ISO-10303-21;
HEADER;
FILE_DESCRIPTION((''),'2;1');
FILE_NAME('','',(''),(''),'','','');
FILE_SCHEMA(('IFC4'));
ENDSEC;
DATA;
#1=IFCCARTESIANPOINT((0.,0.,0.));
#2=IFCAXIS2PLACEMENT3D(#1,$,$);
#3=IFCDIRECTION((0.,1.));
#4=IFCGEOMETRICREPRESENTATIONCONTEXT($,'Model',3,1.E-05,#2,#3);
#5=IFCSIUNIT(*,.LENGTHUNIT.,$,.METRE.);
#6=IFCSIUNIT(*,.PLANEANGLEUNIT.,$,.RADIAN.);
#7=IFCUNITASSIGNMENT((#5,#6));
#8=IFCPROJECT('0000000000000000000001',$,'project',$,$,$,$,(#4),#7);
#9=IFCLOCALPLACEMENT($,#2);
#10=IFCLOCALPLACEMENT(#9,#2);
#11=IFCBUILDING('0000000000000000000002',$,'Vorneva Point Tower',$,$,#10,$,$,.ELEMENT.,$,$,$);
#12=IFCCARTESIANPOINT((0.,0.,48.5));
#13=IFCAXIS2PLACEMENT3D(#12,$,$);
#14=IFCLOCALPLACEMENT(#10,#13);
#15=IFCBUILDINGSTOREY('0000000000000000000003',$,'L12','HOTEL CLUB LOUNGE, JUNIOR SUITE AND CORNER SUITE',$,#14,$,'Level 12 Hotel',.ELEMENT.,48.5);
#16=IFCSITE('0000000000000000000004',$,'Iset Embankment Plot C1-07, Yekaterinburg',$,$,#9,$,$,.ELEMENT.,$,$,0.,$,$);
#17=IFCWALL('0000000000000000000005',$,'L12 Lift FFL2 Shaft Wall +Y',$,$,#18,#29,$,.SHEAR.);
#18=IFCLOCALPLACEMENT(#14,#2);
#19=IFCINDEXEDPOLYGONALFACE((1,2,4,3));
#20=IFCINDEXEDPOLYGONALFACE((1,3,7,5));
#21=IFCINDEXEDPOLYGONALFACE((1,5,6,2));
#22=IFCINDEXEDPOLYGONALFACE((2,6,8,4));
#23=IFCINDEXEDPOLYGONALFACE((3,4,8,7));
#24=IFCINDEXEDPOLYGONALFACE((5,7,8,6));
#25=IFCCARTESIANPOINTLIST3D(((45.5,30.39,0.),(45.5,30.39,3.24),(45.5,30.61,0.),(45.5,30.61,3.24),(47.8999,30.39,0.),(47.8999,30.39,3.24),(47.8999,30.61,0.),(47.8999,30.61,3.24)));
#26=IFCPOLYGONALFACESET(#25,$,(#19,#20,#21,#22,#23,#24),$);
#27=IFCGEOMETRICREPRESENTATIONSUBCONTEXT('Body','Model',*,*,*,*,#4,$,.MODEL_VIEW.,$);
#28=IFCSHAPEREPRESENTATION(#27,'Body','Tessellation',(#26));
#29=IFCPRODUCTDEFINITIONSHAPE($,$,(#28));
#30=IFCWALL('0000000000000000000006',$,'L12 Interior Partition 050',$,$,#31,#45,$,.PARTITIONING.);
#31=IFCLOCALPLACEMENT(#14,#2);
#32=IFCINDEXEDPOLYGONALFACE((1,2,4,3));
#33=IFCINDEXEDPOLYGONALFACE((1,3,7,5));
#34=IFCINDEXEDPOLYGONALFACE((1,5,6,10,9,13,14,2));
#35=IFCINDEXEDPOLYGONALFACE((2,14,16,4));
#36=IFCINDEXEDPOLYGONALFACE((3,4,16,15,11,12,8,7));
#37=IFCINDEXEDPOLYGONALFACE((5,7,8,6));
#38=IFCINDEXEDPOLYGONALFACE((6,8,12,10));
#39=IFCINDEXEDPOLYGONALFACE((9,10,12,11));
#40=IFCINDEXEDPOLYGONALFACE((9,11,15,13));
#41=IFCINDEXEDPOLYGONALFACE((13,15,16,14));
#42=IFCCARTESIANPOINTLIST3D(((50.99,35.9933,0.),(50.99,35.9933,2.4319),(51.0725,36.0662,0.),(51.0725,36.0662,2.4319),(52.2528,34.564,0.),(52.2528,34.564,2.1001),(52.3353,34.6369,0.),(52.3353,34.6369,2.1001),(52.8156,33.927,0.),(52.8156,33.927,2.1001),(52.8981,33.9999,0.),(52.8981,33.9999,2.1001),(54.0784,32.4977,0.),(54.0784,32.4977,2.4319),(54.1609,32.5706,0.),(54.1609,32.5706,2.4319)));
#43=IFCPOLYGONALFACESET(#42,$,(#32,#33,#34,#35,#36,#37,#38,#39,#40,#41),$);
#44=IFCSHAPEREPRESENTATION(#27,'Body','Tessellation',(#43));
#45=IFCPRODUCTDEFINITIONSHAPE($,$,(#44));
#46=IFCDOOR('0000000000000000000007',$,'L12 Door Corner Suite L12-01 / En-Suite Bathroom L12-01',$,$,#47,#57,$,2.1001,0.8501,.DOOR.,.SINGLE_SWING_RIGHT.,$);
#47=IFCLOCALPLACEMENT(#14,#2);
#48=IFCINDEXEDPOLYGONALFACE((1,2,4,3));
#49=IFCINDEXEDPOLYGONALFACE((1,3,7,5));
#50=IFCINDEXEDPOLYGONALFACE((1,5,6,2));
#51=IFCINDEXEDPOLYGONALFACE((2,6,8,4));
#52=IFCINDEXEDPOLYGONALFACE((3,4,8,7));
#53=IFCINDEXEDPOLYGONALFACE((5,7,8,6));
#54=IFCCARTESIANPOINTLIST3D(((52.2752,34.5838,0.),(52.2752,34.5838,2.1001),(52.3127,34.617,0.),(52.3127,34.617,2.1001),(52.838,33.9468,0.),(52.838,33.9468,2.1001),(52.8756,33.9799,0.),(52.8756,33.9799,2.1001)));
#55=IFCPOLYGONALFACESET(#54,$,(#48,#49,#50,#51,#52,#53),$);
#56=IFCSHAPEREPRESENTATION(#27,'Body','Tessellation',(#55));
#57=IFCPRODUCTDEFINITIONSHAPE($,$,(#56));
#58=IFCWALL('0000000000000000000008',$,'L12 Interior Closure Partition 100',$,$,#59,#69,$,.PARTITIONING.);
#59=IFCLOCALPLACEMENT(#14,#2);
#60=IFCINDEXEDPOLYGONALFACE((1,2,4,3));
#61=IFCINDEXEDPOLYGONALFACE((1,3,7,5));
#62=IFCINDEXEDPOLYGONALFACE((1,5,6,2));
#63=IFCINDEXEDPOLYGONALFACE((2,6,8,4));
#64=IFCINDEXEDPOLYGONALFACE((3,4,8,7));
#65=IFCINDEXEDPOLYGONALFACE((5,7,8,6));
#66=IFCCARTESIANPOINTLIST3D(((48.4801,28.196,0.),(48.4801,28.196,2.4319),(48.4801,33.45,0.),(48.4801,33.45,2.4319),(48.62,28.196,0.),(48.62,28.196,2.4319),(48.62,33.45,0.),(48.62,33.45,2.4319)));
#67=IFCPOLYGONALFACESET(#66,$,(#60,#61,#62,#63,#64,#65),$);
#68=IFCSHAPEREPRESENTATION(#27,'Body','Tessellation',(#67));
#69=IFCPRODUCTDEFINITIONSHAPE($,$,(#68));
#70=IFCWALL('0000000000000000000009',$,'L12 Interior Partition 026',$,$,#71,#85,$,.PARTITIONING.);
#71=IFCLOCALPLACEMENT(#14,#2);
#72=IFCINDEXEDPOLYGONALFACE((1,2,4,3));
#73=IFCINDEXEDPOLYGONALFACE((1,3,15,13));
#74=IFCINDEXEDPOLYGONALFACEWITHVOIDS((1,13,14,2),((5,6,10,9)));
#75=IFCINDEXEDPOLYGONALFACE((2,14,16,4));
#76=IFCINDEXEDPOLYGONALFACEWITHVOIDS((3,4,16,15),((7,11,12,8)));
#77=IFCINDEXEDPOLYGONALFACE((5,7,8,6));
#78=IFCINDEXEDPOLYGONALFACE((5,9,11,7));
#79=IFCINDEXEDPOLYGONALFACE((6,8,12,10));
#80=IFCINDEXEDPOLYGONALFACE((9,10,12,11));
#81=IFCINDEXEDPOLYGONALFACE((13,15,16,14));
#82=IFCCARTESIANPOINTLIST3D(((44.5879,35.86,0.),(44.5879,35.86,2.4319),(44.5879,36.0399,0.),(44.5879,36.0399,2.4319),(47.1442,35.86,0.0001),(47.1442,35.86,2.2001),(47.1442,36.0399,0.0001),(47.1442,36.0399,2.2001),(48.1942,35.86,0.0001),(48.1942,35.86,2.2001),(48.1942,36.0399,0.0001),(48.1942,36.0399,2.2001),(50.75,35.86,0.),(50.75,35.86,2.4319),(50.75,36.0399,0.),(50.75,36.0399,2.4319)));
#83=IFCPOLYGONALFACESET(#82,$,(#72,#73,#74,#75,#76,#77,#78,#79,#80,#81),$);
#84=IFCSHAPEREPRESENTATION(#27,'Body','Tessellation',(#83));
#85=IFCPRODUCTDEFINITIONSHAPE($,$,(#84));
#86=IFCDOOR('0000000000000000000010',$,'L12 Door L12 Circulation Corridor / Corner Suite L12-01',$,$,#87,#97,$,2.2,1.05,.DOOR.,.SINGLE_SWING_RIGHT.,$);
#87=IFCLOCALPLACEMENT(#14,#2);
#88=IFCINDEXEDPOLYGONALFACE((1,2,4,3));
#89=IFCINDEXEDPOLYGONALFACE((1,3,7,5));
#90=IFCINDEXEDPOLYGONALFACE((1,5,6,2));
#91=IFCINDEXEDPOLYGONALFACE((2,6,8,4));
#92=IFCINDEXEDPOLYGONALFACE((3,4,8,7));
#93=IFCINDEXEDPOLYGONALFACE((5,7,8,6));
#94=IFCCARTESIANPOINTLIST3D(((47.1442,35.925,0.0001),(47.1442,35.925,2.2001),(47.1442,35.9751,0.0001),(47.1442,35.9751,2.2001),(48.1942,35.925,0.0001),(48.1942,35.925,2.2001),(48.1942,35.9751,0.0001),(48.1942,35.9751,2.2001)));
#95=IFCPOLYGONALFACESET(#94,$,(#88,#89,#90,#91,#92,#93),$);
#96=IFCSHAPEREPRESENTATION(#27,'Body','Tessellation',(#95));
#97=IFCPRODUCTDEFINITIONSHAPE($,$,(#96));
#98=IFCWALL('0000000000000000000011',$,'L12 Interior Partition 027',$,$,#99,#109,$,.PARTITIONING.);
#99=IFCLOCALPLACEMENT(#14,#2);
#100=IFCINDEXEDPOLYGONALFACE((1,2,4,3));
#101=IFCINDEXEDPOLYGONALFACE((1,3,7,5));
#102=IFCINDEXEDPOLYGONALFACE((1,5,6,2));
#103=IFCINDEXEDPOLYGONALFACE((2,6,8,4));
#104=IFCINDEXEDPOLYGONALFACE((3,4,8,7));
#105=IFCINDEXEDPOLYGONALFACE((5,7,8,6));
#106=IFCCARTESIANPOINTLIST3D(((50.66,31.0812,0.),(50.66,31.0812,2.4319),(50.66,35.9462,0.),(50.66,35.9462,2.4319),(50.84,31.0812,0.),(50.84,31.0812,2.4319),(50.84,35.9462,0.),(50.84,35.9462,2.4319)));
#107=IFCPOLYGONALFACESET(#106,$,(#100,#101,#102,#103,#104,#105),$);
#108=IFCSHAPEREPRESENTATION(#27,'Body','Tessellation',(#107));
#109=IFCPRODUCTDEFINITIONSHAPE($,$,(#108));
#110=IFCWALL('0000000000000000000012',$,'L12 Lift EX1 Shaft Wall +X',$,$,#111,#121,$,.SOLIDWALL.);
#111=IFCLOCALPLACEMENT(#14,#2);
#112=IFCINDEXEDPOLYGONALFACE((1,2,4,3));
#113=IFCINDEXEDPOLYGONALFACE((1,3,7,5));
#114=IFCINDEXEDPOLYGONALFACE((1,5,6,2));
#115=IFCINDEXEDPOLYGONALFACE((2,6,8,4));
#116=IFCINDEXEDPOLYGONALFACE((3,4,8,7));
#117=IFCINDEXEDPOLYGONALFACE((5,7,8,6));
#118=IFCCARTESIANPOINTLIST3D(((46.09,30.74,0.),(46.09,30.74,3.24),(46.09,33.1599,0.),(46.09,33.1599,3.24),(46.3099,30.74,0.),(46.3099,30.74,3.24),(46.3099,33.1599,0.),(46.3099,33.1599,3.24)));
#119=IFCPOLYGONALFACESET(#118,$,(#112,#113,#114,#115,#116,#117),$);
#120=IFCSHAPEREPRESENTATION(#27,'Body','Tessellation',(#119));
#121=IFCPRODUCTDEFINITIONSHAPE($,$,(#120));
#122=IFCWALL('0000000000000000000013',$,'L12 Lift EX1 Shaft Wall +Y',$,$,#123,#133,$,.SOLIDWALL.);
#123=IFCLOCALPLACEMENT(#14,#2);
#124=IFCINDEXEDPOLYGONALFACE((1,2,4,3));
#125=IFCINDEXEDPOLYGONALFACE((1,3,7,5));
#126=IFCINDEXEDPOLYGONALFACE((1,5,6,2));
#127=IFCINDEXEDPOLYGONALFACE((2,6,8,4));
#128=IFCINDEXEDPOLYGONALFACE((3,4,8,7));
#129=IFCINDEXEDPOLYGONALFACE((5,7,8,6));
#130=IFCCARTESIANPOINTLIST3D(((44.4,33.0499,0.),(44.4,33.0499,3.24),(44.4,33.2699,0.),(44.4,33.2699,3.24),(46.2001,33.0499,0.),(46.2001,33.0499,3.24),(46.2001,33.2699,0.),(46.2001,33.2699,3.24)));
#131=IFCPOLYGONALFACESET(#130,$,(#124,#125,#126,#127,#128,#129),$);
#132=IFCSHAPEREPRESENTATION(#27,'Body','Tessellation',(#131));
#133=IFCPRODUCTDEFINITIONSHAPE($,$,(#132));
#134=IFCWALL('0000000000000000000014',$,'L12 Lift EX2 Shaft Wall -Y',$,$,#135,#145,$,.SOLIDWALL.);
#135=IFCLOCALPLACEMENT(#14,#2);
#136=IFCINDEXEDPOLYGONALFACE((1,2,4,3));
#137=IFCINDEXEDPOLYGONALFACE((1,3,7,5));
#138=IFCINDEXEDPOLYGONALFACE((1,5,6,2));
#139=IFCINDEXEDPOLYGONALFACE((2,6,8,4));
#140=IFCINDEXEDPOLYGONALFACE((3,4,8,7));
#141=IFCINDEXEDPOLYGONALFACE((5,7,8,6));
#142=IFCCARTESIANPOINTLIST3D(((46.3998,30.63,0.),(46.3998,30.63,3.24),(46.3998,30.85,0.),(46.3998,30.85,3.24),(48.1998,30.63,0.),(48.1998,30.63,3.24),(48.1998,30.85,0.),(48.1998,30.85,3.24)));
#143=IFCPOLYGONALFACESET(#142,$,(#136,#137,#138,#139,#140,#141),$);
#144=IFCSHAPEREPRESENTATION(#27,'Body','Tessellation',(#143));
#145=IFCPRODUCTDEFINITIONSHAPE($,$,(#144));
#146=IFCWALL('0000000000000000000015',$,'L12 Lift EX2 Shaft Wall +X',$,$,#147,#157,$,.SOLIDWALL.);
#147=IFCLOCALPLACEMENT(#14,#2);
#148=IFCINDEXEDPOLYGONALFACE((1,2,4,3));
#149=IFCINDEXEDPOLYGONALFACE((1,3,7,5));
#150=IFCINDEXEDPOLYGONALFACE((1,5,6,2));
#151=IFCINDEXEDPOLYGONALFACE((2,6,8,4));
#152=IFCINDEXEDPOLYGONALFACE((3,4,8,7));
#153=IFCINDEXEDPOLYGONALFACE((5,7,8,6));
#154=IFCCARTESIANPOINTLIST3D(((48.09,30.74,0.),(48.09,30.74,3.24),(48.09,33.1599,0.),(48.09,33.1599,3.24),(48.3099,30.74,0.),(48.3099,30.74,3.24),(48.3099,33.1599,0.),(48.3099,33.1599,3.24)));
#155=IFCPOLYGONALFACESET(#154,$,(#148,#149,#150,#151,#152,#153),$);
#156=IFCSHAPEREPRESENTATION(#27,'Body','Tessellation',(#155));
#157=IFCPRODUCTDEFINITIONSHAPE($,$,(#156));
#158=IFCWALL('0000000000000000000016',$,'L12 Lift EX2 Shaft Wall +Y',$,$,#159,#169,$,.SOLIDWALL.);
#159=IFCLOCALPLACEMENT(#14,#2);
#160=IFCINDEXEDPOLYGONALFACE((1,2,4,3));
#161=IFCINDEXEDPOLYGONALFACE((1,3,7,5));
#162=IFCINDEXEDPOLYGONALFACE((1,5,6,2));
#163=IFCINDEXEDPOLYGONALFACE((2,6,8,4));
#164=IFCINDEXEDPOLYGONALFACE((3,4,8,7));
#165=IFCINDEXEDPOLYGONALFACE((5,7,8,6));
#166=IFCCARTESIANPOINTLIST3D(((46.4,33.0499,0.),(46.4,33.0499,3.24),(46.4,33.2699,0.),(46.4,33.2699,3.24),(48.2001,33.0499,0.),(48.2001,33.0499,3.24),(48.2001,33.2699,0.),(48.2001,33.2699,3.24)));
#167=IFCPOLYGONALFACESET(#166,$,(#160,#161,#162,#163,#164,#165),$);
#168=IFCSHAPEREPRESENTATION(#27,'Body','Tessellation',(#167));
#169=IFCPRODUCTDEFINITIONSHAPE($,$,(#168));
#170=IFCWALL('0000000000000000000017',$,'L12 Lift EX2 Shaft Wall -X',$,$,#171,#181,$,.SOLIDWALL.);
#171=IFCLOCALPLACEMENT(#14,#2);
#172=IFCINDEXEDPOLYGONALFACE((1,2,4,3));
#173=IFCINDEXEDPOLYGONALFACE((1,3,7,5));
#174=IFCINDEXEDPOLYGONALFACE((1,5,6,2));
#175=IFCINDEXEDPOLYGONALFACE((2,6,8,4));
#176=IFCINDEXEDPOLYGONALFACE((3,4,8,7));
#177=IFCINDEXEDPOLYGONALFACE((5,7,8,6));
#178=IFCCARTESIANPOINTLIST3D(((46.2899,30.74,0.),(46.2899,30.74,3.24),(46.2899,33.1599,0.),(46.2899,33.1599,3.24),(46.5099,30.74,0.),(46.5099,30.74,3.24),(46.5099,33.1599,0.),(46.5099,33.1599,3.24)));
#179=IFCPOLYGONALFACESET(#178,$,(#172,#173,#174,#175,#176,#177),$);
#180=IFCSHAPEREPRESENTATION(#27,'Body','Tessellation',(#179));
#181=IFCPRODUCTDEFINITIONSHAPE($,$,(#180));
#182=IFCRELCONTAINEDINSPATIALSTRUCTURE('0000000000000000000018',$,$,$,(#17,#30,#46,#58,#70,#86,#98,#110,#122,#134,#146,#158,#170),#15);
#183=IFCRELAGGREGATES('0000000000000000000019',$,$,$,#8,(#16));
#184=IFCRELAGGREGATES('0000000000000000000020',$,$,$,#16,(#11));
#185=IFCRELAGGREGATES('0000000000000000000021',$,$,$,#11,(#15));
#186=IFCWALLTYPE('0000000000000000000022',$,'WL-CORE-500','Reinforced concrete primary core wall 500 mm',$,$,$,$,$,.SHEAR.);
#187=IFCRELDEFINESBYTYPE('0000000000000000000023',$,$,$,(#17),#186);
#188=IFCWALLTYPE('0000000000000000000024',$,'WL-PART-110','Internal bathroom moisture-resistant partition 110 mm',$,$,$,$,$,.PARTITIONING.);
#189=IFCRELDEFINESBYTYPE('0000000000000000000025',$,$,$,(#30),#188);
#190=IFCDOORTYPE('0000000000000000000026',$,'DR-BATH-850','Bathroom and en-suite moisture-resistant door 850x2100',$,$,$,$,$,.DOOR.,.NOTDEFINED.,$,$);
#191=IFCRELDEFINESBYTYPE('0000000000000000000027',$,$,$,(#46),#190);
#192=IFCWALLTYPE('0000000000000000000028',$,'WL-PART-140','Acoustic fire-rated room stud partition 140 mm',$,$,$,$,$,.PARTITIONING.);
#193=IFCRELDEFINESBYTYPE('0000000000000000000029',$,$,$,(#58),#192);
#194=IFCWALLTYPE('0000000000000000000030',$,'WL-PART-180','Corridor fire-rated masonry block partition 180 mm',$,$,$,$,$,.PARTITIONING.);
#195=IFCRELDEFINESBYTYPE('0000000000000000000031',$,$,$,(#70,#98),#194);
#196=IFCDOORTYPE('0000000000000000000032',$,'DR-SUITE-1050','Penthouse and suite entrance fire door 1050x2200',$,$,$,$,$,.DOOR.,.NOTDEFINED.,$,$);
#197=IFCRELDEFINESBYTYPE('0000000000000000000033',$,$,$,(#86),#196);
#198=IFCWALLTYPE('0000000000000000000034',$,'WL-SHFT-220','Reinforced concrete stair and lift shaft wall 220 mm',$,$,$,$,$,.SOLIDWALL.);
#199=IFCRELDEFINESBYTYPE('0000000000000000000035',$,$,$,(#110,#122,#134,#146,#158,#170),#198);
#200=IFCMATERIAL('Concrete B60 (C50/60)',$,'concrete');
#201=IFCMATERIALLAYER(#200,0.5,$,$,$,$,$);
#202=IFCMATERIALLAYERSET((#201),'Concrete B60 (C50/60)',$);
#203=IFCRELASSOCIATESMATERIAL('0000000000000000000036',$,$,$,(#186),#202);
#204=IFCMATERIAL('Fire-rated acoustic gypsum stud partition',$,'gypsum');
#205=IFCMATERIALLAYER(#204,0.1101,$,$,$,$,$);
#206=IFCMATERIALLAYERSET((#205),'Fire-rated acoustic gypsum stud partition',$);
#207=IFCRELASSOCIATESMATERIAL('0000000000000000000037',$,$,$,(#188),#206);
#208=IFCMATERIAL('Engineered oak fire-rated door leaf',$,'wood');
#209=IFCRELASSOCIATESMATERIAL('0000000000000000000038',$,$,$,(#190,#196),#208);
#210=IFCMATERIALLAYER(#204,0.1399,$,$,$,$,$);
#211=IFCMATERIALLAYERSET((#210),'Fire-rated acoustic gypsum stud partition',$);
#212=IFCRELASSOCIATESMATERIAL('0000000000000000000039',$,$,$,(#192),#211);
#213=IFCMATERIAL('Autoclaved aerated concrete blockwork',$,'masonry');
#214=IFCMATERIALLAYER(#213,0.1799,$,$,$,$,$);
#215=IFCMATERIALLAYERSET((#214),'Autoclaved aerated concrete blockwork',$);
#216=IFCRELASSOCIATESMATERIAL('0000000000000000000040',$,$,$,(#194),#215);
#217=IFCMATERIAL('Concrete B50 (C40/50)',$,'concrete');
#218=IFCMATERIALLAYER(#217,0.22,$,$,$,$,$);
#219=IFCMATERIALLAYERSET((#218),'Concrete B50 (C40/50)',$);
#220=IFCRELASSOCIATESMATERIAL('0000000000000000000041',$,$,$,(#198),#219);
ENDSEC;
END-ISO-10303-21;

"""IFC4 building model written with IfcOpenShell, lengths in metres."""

from ifc_helpers import new_model, si_unit, direction, frame, frame_2d, origin, place, context, subcontext, project, spatial, rectangle, extrude, material, layer, layer_set, type_object, element, fill, save


model = new_model("IFC4")

# Units and contexts
model_context = context("Model", 3, precision=1e-05, world=origin(), true_north=direction((0.0, 1.0)))
body_context = subcontext(model_context, "Body", "Model", "MODEL_VIEW")
ifc_project = project(units=[si_unit("LENGTHUNIT", "METRE"), si_unit("PLANEANGLEUNIT", "RADIAN")], contexts=[model_context])

# Site, building, storey
site_placement = place(None, origin())
site = spatial("IfcSite", under=ifc_project, at=site_placement, Name="Iset Embankment Plot C1-07, Yekaterinburg", CompositionType="ELEMENT", RefElevation=0.0)
building_placement = place(site_placement, origin())
building = spatial("IfcBuilding", under=site, at=building_placement, Name="Vorneva Point Tower", CompositionType="ELEMENT")
storey_placement = place(building_placement, frame((0.0, 0.0, 48.5)))
storey = spatial("IfcBuildingStorey", under=building, at=storey_placement, Name="L12", Description="HOTEL CLUB LOUNGE, JUNIOR SUITE AND CORNER SUITE", LongName="Level 12 Hotel", CompositionType="ELEMENT", Elevation=48.5)

# Shared definitions
ifc_material_1 = material(Name="Concrete B60 (C50/60)", Category="concrete")

# Wall
ifc_layer_1 = layer(ifc_material_1, 0.5)
ifc_layer_set_1 = layer_set([ifc_layer_1], Name="Concrete B60 (C50/60)")
wall_type_1 = type_object("IfcWallType", Name="WL-CORE-500", Description="Reinforced concrete primary core wall 500 mm", PredefinedType="SHEAR", material=ifc_layer_set_1)
wall_1_placement = place(storey_placement, frame((47.8999, 30.5, 0.0), z_axis=(0.0, 0.0, 1.0), x_axis=(-1.0, 0.0, 0.0)))
element("IfcWall", 1, at=wall_1_placement, inside=storey, type_object=wall_type_1, Name="L12 Lift FFL2 Shaft Wall +Y", PredefinedType="SHEAR", context=body_context, shape_type="SweptSolid", body=[
    extrude(rectangle(XDim=2.3999, YDim=0.22, at=frame_2d((1.2, 0.0))), origin(), (0.0, 0.0, 1.0), 3.24),
])

# Wall, opening, door
ifc_material_2 = material(Name="Fire-rated acoustic gypsum stud partition", Category="gypsum")
ifc_layer_2 = layer(ifc_material_2, 0.1101)
ifc_layer_set_2 = layer_set([ifc_layer_2], Name="Fire-rated acoustic gypsum stud partition")
wall_type_2 = type_object("IfcWallType", Name="WL-PART-110", Description="Internal bathroom moisture-resistant partition 110 mm", PredefinedType="PARTITIONING", material=ifc_layer_set_2)
wall_2_placement = place(storey_placement, frame((51.0312, 36.0298, 0.0), z_axis=(0.0, 0.0, 1.0), x_axis=(0.662106, -0.74941, 0.0)))
wall_2 = element("IfcWall", 2, at=wall_2_placement, inside=storey, type_object=wall_type_2, Name="L12 Interior Partition 050", PredefinedType="PARTITIONING", context=body_context, shape_type="SweptSolid", body=[
    extrude(rectangle(XDim=4.6646, YDim=0.1101, at=frame_2d((2.3323, 0.0))), origin(), (0.0, 0.0, 1.0), 2.4319),
])
opening_1_placement = place(wall_2_placement, frame((1.9072, 0.0, 0.0)))
opening_1 = element("IfcOpeningElement", 3, at=opening_1_placement, cuts=wall_2, PredefinedType="OPENING", context=body_context, shape_type="SweptSolid", body=[
    extrude(rectangle(XDim=0.8501, YDim=2.1001, at=frame_2d((0.425, 1.05))), frame((0.0, 0.0698, 0.0), z_axis=(0.0, -1.0, 0.0), x_axis=(1.0, 0.0, 0.0)), (0.0, 0.0, 1.0), 0.1399),
])
ifc_material_3 = material(Name="Engineered oak fire-rated door leaf", Category="wood")
door_type_1 = type_object("IfcDoorType", Name="DR-BATH-850", Description="Bathroom and en-suite moisture-resistant door 850x2100", OperationType="NOTDEFINED", PredefinedType="DOOR", material=ifc_material_3)
door_1_placement = place(opening_1_placement, origin())
door_1 = element("IfcDoor", 4, at=door_1_placement, inside=storey, type_object=door_type_1, Name="L12 Door Corner Suite L12-01 / En-Suite Bathroom L12-01", OperationType="SINGLE_SWING_RIGHT", OverallHeight=2.1001, OverallWidth=0.8501, PredefinedType="DOOR", context=body_context, shape_type="SweptSolid", body=[
    extrude(rectangle(XDim=0.8501, YDim=2.1001, at=frame_2d((0.425, 1.05))), frame((0.0, 0.0249, 0.0), z_axis=(0.0, -1.0, 0.0), x_axis=(1.0, 0.0, 0.0)), (0.0, 0.0, 1.0), 0.05),
])
fill(opening_1, door_1)

# Wall
ifc_layer_3 = layer(ifc_material_2, 0.1399)
ifc_layer_set_3 = layer_set([ifc_layer_3], Name="Fire-rated acoustic gypsum stud partition")
wall_type_3 = type_object("IfcWallType", Name="WL-PART-140", Description="Acoustic fire-rated room stud partition 140 mm", PredefinedType="PARTITIONING", material=ifc_layer_set_3)
wall_3_placement = place(storey_placement, frame((48.55, 33.45, 0.0), z_axis=(0.0, 0.0, 1.0), x_axis=(0.0, -1.0, 0.0)))
element("IfcWall", 5, at=wall_3_placement, inside=storey, type_object=wall_type_3, Name="L12 Interior Closure Partition 100", PredefinedType="PARTITIONING", context=body_context, shape_type="SweptSolid", body=[
    extrude(rectangle(XDim=5.2539, YDim=0.1399, at=frame_2d((2.627, 0.0))), origin(), (0.0, 0.0, 1.0), 2.4319),
])

# Wall, opening, door
ifc_material_4 = material(Name="Autoclaved aerated concrete blockwork", Category="masonry")
ifc_layer_4 = layer(ifc_material_4, 0.1799)
ifc_layer_set_4 = layer_set([ifc_layer_4], Name="Autoclaved aerated concrete blockwork")
wall_type_4 = type_object("IfcWallType", Name="WL-PART-180", Description="Corridor fire-rated masonry block partition 180 mm", PredefinedType="PARTITIONING", material=ifc_layer_set_4)
wall_4_placement = place(storey_placement, frame((50.75, 35.95, 0.0), z_axis=(0.0, 0.0, 1.0), x_axis=(-1.0, 0.0, 0.0)))
wall_4 = element("IfcWall", 6, at=wall_4_placement, inside=storey, type_object=wall_type_4, Name="L12 Interior Partition 026", PredefinedType="PARTITIONING", context=body_context, shape_type="SweptSolid", body=[
    extrude(rectangle(XDim=6.1621, YDim=0.1799, at=frame_2d((3.0811, 0.0))), origin(), (0.0, 0.0, 1.0), 2.4319),
])
opening_2_placement = place(wall_4_placement, frame((2.5559, 0.0, 0.0)))
opening_2 = element("IfcOpeningElement", 7, at=opening_2_placement, cuts=wall_4, PredefinedType="OPENING", context=body_context, shape_type="SweptSolid", body=[
    extrude(rectangle(XDim=1.05, YDim=2.2, at=frame_2d((0.5249, 1.1001))), frame((0.0, 0.105, 0.0), z_axis=(0.0, -1.0, 0.0), x_axis=(1.0, 0.0, 0.0)), (0.0, 0.0, 1.0), 0.2097),
])
door_type_2 = type_object("IfcDoorType", Name="DR-SUITE-1050", Description="Penthouse and suite entrance fire door 1050x2200", OperationType="NOTDEFINED", PredefinedType="DOOR", material=ifc_material_3)
door_2_placement = place(opening_2_placement, origin())
door_2 = element("IfcDoor", 8, at=door_2_placement, inside=storey, type_object=door_type_2, Name="L12 Door L12 Circulation Corridor / Corner Suite L12-01", OperationType="SINGLE_SWING_RIGHT", OverallHeight=2.2, OverallWidth=1.05, PredefinedType="DOOR", context=body_context, shape_type="SweptSolid", body=[
    extrude(rectangle(XDim=1.05, YDim=2.2, at=frame_2d((0.5249, 1.1001))), frame((0.0, 0.0249, 0.0), z_axis=(0.0, -1.0, 0.0), x_axis=(1.0, 0.0, 0.0)), (0.0, 0.0, 1.0), 0.05),
])
fill(opening_2, door_2)

# Walls
wall_5_placement = place(storey_placement, frame((50.75, 31.0811, 0.0), z_axis=(0.0, 0.0, 1.0), x_axis=(0.0, 1.0, 0.0)))
element("IfcWall", 9, at=wall_5_placement, inside=storey, type_object=wall_type_4, Name="L12 Interior Partition 027", PredefinedType="PARTITIONING", context=body_context, shape_type="SweptSolid", body=[
    extrude(rectangle(XDim=4.865, YDim=0.1799, at=frame_2d((2.4326, 0.0))), origin(), (0.0, 0.0, 1.0), 2.4319),
])
ifc_material_5 = material(Name="Concrete B50 (C40/50)", Category="concrete")
ifc_layer_5 = layer(ifc_material_5, 0.22)
ifc_layer_set_5 = layer_set([ifc_layer_5], Name="Concrete B50 (C40/50)")
wall_type_5 = type_object("IfcWallType", Name="WL-SHFT-220", Description="Reinforced concrete stair and lift shaft wall 220 mm", PredefinedType="SOLIDWALL", material=ifc_layer_set_5)
wall_6_placement = place(storey_placement, frame((46.2, 30.74, 0.0), z_axis=(0.0, 0.0, 1.0), x_axis=(0.0, 1.0, 0.0)))
element("IfcWall", 10, at=wall_6_placement, inside=storey, type_object=wall_type_5, Name="L12 Lift EX1 Shaft Wall +X", PredefinedType="SOLIDWALL", context=body_context, shape_type="SweptSolid", body=[
    extrude(rectangle(XDim=2.4199, YDim=0.22, at=frame_2d((1.21, 0.0))), origin(), (0.0, 0.0, 1.0), 3.24),
])
for number, where, z_axis, x_axis, name in (
    (11, (46.2, 33.1599, 0.0), (0.0, 0.0, 1.0), (-1.0, 0.0, 0.0), "L12 Lift EX1 Shaft Wall +Y"),
    (12, (46.3999, 30.74, 0.0), (0.0, 0.0, 1.0), (1.0, 0.0, 0.0), "L12 Lift EX2 Shaft Wall -Y"),
):
    element("IfcWall", number, at=place(storey_placement, frame(where, z_axis=z_axis, x_axis=x_axis)), inside=storey, type_object=wall_type_5, Name=name, PredefinedType="SOLIDWALL", context=body_context, shape_type="SweptSolid", body=[
        extrude(rectangle(XDim=1.8, YDim=0.22, at=frame_2d((0.8999, 0.0))), origin(), (0.0, 0.0, 1.0), 3.24),
    ])
wall_7_placement = place(storey_placement, frame((48.2, 30.74, 0.0), z_axis=(0.0, 0.0, 1.0), x_axis=(0.0, 1.0, 0.0)))
element("IfcWall", 13, at=wall_7_placement, inside=storey, type_object=wall_type_5, Name="L12 Lift EX2 Shaft Wall +X", PredefinedType="SOLIDWALL", context=body_context, shape_type="SweptSolid", body=[
    extrude(rectangle(XDim=2.4199, YDim=0.22, at=frame_2d((1.21, 0.0))), origin(), (0.0, 0.0, 1.0), 3.24),
])
wall_8_placement = place(storey_placement, frame((48.2, 33.1599, 0.0), z_axis=(0.0, 0.0, 1.0), x_axis=(-1.0, 0.0, 0.0)))
element("IfcWall", 14, at=wall_8_placement, inside=storey, type_object=wall_type_5, Name="L12 Lift EX2 Shaft Wall +Y", PredefinedType="SOLIDWALL", context=body_context, shape_type="SweptSolid", body=[
    extrude(rectangle(XDim=1.8, YDim=0.22, at=frame_2d((0.8999, 0.0))), origin(), (0.0, 0.0, 1.0), 3.24),
])
wall_9_placement = place(storey_placement, frame((46.3999, 33.1599, 0.0), z_axis=(0.0, 0.0, 1.0), x_axis=(0.0, -1.0, 0.0)))
element("IfcWall", 15, at=wall_9_placement, inside=storey, type_object=wall_type_5, Name="L12 Lift EX2 Shaft Wall -X", PredefinedType="SOLIDWALL", context=body_context, shape_type="SweptSolid", body=[
    extrude(rectangle(XDim=2.4199, YDim=0.22, at=frame_2d((1.21, 0.0))), origin(), (0.0, 0.0, 1.0), 3.24),
])

save(model, "model.ifc")
